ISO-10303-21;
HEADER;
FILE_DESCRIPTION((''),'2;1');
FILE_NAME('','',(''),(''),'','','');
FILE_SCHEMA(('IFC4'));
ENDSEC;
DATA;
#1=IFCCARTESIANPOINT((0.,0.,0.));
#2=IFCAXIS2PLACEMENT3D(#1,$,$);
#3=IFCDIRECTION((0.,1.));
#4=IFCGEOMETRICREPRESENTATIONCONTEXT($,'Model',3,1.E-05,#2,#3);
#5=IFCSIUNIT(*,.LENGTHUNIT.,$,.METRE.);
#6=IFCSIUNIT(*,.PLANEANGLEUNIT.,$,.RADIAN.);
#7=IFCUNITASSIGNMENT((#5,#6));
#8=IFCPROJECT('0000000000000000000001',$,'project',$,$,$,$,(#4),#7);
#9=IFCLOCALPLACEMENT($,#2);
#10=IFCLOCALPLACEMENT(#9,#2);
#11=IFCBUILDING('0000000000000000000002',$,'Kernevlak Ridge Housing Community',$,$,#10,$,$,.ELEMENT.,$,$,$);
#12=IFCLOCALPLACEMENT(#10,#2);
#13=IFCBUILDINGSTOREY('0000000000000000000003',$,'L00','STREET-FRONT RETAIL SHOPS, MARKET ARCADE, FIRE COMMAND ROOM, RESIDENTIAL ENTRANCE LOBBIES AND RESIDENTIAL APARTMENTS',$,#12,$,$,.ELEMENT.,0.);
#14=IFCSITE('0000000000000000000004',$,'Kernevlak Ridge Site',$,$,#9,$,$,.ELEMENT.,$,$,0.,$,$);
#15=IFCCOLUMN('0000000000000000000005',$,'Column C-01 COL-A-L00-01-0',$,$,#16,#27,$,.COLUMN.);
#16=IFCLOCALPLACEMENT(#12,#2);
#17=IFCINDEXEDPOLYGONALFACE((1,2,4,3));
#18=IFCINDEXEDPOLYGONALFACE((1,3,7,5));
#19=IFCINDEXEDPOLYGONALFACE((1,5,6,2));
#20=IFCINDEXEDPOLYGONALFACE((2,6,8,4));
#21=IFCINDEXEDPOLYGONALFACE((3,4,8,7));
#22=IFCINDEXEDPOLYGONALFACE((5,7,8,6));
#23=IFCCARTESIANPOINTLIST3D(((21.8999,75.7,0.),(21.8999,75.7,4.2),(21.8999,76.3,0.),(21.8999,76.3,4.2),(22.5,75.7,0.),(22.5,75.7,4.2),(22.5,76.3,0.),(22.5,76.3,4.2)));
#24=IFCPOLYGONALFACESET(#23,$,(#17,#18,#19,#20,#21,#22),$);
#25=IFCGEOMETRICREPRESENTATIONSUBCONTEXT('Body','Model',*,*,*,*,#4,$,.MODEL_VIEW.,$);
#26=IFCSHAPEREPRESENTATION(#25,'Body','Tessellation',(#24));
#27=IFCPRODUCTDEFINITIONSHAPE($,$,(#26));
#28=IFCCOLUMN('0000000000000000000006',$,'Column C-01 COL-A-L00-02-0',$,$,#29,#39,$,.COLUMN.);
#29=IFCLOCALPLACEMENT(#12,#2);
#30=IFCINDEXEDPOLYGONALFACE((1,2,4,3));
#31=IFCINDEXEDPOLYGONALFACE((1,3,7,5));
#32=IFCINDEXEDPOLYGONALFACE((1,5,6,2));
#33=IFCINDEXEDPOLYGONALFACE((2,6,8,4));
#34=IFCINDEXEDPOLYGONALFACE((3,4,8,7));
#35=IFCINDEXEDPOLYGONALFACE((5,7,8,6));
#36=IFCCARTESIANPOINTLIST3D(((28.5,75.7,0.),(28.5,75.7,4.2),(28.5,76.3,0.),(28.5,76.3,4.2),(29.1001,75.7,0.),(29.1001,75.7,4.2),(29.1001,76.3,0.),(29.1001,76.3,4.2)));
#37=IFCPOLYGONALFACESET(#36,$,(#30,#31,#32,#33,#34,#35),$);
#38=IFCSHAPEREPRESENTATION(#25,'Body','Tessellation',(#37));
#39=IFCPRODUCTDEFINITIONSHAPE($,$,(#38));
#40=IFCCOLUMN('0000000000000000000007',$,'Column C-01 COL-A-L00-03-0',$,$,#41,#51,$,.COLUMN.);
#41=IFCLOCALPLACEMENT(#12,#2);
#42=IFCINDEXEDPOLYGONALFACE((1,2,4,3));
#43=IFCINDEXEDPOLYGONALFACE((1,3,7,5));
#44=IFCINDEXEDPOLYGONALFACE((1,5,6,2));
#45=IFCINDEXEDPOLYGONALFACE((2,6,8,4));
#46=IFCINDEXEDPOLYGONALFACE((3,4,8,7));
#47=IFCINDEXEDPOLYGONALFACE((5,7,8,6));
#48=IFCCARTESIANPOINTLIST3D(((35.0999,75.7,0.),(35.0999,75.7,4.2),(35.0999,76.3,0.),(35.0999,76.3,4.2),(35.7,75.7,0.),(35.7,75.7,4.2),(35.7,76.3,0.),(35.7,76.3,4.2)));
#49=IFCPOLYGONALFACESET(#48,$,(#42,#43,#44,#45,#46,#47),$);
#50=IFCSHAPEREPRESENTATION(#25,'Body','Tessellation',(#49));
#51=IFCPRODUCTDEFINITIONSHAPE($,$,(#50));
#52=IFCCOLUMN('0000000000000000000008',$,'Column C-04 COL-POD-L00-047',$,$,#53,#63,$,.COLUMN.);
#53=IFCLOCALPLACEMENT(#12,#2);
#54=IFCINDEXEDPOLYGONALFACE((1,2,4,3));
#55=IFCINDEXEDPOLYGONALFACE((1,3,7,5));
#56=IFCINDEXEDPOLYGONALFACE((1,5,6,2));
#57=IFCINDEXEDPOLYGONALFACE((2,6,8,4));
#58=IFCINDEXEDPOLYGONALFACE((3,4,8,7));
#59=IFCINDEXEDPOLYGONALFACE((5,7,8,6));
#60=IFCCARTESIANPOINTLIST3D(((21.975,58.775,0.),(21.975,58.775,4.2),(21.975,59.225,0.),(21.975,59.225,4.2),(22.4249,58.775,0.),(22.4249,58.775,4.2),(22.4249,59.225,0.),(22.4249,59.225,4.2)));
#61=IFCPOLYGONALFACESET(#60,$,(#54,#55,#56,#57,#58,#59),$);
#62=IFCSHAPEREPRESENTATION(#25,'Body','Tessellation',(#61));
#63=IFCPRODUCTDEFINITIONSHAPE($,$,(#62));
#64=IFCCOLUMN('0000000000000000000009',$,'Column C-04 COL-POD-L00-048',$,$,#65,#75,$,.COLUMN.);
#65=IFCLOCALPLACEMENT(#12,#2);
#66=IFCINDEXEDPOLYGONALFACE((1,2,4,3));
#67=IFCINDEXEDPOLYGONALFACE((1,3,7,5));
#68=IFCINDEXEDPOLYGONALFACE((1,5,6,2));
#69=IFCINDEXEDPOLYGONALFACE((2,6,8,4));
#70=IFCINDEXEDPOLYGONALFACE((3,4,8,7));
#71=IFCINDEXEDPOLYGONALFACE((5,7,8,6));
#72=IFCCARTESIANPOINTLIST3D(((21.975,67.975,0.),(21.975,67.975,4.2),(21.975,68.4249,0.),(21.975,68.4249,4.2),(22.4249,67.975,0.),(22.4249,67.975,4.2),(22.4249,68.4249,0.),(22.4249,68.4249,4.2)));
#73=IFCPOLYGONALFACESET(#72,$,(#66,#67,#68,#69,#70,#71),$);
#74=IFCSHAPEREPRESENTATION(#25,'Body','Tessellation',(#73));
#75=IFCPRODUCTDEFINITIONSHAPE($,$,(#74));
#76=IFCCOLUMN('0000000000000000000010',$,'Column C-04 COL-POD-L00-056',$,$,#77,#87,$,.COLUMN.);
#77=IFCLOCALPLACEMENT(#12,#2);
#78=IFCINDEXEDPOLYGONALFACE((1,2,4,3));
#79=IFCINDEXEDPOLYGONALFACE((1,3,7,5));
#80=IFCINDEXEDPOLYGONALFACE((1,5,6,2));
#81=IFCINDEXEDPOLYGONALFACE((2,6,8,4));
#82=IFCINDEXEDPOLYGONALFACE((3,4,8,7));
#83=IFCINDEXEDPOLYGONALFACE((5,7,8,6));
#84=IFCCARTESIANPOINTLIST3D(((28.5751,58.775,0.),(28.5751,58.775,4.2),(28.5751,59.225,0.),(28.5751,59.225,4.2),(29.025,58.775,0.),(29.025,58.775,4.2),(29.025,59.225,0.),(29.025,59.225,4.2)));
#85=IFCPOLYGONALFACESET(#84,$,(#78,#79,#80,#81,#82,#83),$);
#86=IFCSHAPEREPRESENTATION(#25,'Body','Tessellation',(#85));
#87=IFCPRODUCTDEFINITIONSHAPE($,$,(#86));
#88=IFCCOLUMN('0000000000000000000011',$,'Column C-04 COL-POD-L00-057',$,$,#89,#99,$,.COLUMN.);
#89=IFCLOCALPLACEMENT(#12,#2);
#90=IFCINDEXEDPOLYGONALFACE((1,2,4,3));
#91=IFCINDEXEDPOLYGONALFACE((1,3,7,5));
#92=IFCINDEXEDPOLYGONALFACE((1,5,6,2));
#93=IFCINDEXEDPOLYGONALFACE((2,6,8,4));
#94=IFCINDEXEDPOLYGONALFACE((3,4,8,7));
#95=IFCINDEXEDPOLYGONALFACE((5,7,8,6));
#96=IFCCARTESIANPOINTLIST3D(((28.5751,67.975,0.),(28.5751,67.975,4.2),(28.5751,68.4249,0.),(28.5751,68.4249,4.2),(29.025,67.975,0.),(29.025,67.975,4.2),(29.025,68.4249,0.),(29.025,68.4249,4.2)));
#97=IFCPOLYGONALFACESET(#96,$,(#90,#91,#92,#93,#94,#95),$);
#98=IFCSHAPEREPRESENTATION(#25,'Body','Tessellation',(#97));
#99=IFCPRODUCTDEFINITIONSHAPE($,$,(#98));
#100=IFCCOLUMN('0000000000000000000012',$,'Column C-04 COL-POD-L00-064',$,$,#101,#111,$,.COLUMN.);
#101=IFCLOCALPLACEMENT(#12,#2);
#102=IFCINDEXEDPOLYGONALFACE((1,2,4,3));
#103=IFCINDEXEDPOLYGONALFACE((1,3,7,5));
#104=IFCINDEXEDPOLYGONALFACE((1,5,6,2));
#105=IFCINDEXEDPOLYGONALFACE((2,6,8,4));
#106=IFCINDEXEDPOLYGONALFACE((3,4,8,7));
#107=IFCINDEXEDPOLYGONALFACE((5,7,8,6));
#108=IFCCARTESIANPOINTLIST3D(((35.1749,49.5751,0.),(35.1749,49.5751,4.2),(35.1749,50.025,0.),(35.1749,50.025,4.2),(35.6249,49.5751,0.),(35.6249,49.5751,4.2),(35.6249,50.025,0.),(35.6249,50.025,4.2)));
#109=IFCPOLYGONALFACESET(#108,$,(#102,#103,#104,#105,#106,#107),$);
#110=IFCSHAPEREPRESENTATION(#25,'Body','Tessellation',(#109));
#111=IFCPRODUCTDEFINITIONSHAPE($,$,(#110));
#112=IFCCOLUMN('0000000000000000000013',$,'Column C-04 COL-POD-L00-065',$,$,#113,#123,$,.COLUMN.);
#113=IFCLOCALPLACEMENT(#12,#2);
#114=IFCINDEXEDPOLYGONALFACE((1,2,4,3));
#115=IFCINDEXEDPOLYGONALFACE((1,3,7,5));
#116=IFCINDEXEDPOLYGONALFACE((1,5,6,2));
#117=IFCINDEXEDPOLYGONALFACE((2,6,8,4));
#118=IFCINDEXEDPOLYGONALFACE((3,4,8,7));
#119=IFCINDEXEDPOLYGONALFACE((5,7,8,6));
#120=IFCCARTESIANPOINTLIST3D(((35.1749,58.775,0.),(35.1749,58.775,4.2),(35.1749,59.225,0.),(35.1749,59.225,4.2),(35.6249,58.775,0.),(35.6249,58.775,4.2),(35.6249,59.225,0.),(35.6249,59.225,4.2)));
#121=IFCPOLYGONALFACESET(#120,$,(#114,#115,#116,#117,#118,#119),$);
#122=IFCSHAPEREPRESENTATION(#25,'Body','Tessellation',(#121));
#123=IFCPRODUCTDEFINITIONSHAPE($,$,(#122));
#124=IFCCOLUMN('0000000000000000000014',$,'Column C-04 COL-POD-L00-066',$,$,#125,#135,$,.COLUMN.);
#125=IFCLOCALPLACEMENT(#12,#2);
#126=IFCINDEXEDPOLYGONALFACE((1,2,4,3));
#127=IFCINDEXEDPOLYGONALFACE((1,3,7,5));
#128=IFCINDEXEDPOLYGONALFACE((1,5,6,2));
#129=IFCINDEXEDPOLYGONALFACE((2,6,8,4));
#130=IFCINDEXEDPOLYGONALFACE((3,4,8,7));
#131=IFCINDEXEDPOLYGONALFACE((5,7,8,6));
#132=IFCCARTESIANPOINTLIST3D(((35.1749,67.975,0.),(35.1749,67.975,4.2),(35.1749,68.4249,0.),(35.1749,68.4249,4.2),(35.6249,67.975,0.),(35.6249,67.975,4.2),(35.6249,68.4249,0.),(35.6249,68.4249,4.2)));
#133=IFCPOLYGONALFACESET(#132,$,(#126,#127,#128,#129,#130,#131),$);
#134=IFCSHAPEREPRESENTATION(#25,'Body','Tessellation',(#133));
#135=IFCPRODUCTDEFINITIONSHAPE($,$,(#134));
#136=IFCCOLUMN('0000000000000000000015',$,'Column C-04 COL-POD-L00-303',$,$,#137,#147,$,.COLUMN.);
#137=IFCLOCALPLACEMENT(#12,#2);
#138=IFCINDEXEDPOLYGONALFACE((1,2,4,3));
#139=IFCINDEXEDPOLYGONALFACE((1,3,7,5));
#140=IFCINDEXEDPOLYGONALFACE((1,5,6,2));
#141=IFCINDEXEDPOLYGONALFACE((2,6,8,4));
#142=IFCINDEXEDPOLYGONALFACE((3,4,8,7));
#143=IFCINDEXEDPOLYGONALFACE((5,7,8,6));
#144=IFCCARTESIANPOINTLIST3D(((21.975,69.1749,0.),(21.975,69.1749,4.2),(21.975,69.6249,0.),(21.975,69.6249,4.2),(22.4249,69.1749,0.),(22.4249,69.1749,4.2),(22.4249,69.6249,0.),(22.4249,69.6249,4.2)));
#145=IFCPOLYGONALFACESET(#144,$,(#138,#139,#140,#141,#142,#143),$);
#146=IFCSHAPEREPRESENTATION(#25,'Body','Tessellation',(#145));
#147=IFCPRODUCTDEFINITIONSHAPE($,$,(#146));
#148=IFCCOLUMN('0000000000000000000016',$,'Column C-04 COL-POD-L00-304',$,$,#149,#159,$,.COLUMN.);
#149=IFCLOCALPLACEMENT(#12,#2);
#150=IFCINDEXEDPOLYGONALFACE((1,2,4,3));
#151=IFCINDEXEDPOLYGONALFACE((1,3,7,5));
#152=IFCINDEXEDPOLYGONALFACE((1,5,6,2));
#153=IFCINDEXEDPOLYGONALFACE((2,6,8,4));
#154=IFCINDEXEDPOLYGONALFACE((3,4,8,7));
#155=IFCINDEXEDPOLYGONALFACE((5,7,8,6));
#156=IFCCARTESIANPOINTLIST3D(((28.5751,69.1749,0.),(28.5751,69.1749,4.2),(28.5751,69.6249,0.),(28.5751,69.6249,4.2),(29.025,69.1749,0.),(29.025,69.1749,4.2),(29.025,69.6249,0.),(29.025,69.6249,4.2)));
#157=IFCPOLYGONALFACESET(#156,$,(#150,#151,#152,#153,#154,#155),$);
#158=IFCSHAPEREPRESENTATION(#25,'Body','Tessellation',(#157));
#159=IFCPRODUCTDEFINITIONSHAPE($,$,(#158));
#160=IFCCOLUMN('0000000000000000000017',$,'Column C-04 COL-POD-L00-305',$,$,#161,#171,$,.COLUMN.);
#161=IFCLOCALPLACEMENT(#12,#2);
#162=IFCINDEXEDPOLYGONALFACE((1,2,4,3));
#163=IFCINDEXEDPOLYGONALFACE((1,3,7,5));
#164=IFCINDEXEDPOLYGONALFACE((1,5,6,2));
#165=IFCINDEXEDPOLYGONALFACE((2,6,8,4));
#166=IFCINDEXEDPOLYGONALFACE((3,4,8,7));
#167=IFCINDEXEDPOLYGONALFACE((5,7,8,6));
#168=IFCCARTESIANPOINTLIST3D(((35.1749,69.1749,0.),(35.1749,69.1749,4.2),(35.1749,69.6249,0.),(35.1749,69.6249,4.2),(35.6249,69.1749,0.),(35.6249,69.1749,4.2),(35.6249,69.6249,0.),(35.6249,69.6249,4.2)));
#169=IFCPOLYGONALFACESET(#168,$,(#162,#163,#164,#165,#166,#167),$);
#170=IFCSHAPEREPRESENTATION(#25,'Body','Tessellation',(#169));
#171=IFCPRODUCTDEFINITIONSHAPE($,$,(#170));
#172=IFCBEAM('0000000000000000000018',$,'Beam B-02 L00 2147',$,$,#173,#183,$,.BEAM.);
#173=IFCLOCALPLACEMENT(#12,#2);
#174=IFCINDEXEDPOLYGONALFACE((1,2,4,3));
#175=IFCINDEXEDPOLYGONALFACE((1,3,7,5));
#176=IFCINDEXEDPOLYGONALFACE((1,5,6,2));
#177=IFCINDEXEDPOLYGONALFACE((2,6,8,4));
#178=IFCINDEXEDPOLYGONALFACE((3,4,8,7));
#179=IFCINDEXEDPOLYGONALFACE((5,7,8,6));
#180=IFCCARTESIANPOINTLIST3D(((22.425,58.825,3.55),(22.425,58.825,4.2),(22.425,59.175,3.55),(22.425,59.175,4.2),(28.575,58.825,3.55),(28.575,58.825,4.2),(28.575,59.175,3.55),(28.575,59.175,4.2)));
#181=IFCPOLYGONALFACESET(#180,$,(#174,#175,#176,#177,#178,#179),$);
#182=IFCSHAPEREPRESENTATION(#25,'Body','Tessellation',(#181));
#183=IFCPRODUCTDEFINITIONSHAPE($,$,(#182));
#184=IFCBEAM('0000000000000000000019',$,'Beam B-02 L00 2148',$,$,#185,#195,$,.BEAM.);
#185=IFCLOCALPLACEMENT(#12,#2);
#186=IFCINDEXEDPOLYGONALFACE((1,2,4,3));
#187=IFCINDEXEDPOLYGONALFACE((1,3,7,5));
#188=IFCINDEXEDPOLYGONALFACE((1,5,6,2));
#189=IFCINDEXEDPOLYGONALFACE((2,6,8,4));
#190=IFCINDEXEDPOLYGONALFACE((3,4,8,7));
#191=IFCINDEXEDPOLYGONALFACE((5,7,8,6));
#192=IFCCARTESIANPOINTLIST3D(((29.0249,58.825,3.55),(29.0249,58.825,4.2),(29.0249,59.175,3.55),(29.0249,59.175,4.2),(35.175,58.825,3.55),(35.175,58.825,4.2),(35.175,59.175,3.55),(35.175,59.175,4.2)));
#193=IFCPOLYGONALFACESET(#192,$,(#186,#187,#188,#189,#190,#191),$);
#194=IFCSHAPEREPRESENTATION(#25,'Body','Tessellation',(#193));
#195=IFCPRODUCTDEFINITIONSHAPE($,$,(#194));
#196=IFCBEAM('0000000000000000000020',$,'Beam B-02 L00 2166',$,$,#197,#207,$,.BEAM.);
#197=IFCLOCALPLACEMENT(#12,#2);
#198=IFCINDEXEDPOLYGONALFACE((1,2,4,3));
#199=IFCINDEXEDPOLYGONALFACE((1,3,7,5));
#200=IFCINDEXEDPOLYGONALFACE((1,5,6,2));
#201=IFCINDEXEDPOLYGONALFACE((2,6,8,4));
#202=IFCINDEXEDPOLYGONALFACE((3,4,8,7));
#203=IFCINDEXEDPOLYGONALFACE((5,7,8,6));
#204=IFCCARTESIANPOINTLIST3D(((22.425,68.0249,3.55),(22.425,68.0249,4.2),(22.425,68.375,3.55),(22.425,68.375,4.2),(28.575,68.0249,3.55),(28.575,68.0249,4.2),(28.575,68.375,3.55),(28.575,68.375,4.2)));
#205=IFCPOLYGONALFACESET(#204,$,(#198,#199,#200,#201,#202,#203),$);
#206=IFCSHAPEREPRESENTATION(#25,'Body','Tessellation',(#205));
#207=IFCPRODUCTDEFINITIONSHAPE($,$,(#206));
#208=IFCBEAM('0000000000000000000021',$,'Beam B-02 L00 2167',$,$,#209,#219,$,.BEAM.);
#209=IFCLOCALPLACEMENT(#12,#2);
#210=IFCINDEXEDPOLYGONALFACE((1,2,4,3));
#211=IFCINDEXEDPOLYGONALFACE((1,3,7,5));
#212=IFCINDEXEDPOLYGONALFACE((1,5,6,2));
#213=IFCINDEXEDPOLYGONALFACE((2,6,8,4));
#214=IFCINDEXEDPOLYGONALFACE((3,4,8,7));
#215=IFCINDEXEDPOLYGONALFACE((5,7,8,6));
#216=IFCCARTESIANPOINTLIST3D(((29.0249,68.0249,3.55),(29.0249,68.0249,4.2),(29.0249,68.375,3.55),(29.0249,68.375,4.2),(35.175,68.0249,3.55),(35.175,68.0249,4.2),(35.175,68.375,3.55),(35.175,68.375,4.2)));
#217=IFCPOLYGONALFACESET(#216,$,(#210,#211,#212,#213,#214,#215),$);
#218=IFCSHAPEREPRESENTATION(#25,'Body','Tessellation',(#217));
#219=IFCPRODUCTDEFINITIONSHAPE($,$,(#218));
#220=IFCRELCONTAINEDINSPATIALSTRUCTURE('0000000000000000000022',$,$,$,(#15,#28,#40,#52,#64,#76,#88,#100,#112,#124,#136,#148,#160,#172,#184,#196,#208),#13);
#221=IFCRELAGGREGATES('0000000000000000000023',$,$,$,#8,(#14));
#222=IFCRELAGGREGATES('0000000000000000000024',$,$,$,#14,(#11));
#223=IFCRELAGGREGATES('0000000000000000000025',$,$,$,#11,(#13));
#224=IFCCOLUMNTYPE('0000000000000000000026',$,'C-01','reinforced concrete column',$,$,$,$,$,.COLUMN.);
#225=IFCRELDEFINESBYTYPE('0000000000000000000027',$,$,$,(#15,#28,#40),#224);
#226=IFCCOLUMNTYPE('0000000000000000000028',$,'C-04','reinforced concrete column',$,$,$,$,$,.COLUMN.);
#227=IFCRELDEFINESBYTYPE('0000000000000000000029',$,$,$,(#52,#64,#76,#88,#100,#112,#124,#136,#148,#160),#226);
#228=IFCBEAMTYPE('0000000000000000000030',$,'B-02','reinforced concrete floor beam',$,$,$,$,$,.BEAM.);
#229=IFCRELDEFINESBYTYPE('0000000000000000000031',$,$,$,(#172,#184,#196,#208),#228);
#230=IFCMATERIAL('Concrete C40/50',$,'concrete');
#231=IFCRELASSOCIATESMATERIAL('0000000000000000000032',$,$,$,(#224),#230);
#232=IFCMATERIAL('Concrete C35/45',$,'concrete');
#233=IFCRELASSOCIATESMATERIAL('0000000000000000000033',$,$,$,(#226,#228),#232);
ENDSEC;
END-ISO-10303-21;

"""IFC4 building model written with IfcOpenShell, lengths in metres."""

from ifc_helpers import new_model, si_unit, direction, frame, origin, origin_2d, place, context, subcontext, project, spatial, rectangle, extrude, material, material_profile, profile_set, type_object, element, save


model = new_model("IFC4")

# Units and contexts
model_context = context("Model", 3, precision=1e-05, world=origin(), true_north=direction((0.0, 1.0)))
body_context = subcontext(model_context, "Body", "Model", "MODEL_VIEW")
ifc_project = project(units=[si_unit("LENGTHUNIT", "METRE"), si_unit("PLANEANGLEUNIT", "RADIAN")], contexts=[model_context])

# Site, building, storey
site_placement = place(None, origin())
site = spatial("IfcSite", under=ifc_project, at=site_placement, Name="Kernevlak Ridge Site", CompositionType="ELEMENT", RefElevation=0.0)
building_placement = place(site_placement, origin())
building = spatial("IfcBuilding", under=site, at=building_placement, Name="Kernevlak Ridge Housing Community", CompositionType="ELEMENT")
storey_placement = place(building_placement, origin())
storey = spatial("IfcBuildingStorey", under=building, at=storey_placement, Name="L00", Description="STREET-FRONT RETAIL SHOPS, MARKET ARCADE, FIRE COMMAND ROOM, RESIDENTIAL ENTRANCE LOBBIES AND RESIDENTIAL APARTMENTS", CompositionType="ELEMENT", Elevation=0.0)

# Columns
ifc_material_1 = material(Name="Concrete C40/50", Category="concrete")
ifc_material_profile_1 = material_profile(ifc_material_1, rectangle(XDim=0.6001, YDim=0.6001, at=origin_2d()), Name="RC 600x600")
ifc_profile_set_1 = profile_set([ifc_material_profile_1], Name="Concrete C40/50")
column_type_1 = type_object("IfcColumnType", Name="C-01", Description="reinforced concrete column", PredefinedType="COLUMN", material=ifc_profile_set_1)
for number, where, z_axis, x_axis, name in (
    (1, (22.2, 76.0, 0.0), (0.0, 0.0, 1.0), (1.0, 0.0, 0.0), "Column C-01 COL-A-L00-01-0"),
    (2, (28.8, 76.0, 0.0), (0.0, 0.0, 1.0), (1.0, 0.0, 0.0), "Column C-01 COL-A-L00-02-0"),
    (3, (35.3999, 76.0, 0.0), (0.0, 0.0, 1.0), (1.0, 0.0, 0.0), "Column C-01 COL-A-L00-03-0"),
):
    element("IfcColumn", number, at=place(storey_placement, frame(where, z_axis=z_axis, x_axis=x_axis)), inside=storey, type_object=column_type_1, Name=name, PredefinedType="COLUMN", context=body_context, shape_type="SweptSolid", body=[
        extrude(rectangle(XDim=0.6001, YDim=0.6001, at=origin_2d()), origin(), (0.0, 0.0, 1.0), 4.2),
    ])
ifc_material_2 = material(Name="Concrete C35/45", Category="concrete")
ifc_material_profile_2 = material_profile(ifc_material_2, rectangle(XDim=0.45, YDim=0.45, at=origin_2d()), Name="RC 450x450")
ifc_profile_set_2 = profile_set([ifc_material_profile_2], Name="Concrete C35/45")
column_type_2 = type_object("IfcColumnType", Name="C-04", Description="reinforced concrete column", PredefinedType="COLUMN", material=ifc_profile_set_2)
for number, where, z_axis, x_axis, name in (
    (4, (22.2, 59.0, 0.0), (0.0, 0.0, 1.0), (1.0, 0.0, 0.0), "Column C-04 COL-POD-L00-047"),
    (5, (22.2, 68.2, 0.0), (0.0, 0.0, 1.0), (1.0, 0.0, 0.0), "Column C-04 COL-POD-L00-048"),
    (6, (28.8, 59.0, 0.0), (0.0, 0.0, 1.0), (1.0, 0.0, 0.0), "Column C-04 COL-POD-L00-056"),
    (7, (28.8, 68.2, 0.0), (0.0, 0.0, 1.0), (1.0, 0.0, 0.0), "Column C-04 COL-POD-L00-057"),
    (8, (35.3999, 49.8, 0.0), (0.0, 0.0, 1.0), (1.0, 0.0, 0.0), "Column C-04 COL-POD-L00-064"),
    (9, (35.3999, 59.0, 0.0), (0.0, 0.0, 1.0), (1.0, 0.0, 0.0), "Column C-04 COL-POD-L00-065"),
    (10, (35.3999, 68.2, 0.0), (0.0, 0.0, 1.0), (1.0, 0.0, 0.0), "Column C-04 COL-POD-L00-066"),
    (11, (22.2, 69.3999, 0.0), (0.0, 0.0, 1.0), (1.0, 0.0, 0.0), "Column C-04 COL-POD-L00-303"),
    (12, (28.8, 69.3999, 0.0), (0.0, 0.0, 1.0), (1.0, 0.0, 0.0), "Column C-04 COL-POD-L00-304"),
    (13, (35.3999, 69.3999, 0.0), (0.0, 0.0, 1.0), (1.0, 0.0, 0.0), "Column C-04 COL-POD-L00-305"),
):
    element("IfcColumn", number, at=place(storey_placement, frame(where, z_axis=z_axis, x_axis=x_axis)), inside=storey, type_object=column_type_2, Name=name, PredefinedType="COLUMN", context=body_context, shape_type="SweptSolid", body=[
        extrude(rectangle(XDim=0.45, YDim=0.45, at=origin_2d()), origin(), (0.0, 0.0, 1.0), 4.2),
    ])

# Beams
ifc_material_profile_3 = material_profile(ifc_material_2, rectangle(XDim=0.3501, YDim=0.6499, at=origin_2d()), Name="RC 350x650")
ifc_profile_set_3 = profile_set([ifc_material_profile_3], Name="Concrete C35/45")
beam_type_1 = type_object("IfcBeamType", Name="B-02", Description="reinforced concrete floor beam", PredefinedType="BEAM", material=ifc_profile_set_3)
beam_1_placement = place(storey_placement, frame((22.425, 59.0, 3.875), z_axis=(1.0, 0.0, 0.0), x_axis=(0.0, 1.0, 0.0)))
element("IfcBeam", 14, at=beam_1_placement, inside=storey, type_object=beam_type_1, Name="Beam B-02 L00 2147", PredefinedType="BEAM", context=body_context, shape_type="SweptSolid", body=[
    extrude(rectangle(XDim=0.3501, YDim=0.6499, at=origin_2d()), origin(), (0.0, 0.0, 1.0), 6.1499),
])
beam_2_placement = place(storey_placement, frame((29.0249, 59.0, 3.875), z_axis=(1.0, 0.0, 0.0), x_axis=(0.0, 1.0, 0.0)))
element("IfcBeam", 15, at=beam_2_placement, inside=storey, type_object=beam_type_1, Name="Beam B-02 L00 2148", PredefinedType="BEAM", context=body_context, shape_type="SweptSolid", body=[
    extrude(rectangle(XDim=0.3501, YDim=0.6499, at=origin_2d()), origin(), (0.0, 0.0, 1.0), 6.1501),
])
beam_3_placement = place(storey_placement, frame((22.425, 68.2, 3.875), z_axis=(1.0, 0.0, 0.0), x_axis=(0.0, 1.0, 0.0)))
element("IfcBeam", 16, at=beam_3_placement, inside=storey, type_object=beam_type_1, Name="Beam B-02 L00 2166", PredefinedType="BEAM", context=body_context, shape_type="SweptSolid", body=[
    extrude(rectangle(XDim=0.3501, YDim=0.6499, at=origin_2d()), origin(), (0.0, 0.0, 1.0), 6.1499),
])
beam_4_placement = place(storey_placement, frame((29.0249, 68.2, 3.875), z_axis=(1.0, 0.0, 0.0), x_axis=(0.0, 1.0, 0.0)))
element("IfcBeam", 17, at=beam_4_placement, inside=storey, type_object=beam_type_1, Name="Beam B-02 L00 2167", PredefinedType="BEAM", context=body_context, shape_type="SweptSolid", body=[
    extrude(rectangle(XDim=0.3501, YDim=0.6499, at=origin_2d()), origin(), (0.0, 0.0, 1.0), 6.1501),
])

save(model, "model.ifc")
